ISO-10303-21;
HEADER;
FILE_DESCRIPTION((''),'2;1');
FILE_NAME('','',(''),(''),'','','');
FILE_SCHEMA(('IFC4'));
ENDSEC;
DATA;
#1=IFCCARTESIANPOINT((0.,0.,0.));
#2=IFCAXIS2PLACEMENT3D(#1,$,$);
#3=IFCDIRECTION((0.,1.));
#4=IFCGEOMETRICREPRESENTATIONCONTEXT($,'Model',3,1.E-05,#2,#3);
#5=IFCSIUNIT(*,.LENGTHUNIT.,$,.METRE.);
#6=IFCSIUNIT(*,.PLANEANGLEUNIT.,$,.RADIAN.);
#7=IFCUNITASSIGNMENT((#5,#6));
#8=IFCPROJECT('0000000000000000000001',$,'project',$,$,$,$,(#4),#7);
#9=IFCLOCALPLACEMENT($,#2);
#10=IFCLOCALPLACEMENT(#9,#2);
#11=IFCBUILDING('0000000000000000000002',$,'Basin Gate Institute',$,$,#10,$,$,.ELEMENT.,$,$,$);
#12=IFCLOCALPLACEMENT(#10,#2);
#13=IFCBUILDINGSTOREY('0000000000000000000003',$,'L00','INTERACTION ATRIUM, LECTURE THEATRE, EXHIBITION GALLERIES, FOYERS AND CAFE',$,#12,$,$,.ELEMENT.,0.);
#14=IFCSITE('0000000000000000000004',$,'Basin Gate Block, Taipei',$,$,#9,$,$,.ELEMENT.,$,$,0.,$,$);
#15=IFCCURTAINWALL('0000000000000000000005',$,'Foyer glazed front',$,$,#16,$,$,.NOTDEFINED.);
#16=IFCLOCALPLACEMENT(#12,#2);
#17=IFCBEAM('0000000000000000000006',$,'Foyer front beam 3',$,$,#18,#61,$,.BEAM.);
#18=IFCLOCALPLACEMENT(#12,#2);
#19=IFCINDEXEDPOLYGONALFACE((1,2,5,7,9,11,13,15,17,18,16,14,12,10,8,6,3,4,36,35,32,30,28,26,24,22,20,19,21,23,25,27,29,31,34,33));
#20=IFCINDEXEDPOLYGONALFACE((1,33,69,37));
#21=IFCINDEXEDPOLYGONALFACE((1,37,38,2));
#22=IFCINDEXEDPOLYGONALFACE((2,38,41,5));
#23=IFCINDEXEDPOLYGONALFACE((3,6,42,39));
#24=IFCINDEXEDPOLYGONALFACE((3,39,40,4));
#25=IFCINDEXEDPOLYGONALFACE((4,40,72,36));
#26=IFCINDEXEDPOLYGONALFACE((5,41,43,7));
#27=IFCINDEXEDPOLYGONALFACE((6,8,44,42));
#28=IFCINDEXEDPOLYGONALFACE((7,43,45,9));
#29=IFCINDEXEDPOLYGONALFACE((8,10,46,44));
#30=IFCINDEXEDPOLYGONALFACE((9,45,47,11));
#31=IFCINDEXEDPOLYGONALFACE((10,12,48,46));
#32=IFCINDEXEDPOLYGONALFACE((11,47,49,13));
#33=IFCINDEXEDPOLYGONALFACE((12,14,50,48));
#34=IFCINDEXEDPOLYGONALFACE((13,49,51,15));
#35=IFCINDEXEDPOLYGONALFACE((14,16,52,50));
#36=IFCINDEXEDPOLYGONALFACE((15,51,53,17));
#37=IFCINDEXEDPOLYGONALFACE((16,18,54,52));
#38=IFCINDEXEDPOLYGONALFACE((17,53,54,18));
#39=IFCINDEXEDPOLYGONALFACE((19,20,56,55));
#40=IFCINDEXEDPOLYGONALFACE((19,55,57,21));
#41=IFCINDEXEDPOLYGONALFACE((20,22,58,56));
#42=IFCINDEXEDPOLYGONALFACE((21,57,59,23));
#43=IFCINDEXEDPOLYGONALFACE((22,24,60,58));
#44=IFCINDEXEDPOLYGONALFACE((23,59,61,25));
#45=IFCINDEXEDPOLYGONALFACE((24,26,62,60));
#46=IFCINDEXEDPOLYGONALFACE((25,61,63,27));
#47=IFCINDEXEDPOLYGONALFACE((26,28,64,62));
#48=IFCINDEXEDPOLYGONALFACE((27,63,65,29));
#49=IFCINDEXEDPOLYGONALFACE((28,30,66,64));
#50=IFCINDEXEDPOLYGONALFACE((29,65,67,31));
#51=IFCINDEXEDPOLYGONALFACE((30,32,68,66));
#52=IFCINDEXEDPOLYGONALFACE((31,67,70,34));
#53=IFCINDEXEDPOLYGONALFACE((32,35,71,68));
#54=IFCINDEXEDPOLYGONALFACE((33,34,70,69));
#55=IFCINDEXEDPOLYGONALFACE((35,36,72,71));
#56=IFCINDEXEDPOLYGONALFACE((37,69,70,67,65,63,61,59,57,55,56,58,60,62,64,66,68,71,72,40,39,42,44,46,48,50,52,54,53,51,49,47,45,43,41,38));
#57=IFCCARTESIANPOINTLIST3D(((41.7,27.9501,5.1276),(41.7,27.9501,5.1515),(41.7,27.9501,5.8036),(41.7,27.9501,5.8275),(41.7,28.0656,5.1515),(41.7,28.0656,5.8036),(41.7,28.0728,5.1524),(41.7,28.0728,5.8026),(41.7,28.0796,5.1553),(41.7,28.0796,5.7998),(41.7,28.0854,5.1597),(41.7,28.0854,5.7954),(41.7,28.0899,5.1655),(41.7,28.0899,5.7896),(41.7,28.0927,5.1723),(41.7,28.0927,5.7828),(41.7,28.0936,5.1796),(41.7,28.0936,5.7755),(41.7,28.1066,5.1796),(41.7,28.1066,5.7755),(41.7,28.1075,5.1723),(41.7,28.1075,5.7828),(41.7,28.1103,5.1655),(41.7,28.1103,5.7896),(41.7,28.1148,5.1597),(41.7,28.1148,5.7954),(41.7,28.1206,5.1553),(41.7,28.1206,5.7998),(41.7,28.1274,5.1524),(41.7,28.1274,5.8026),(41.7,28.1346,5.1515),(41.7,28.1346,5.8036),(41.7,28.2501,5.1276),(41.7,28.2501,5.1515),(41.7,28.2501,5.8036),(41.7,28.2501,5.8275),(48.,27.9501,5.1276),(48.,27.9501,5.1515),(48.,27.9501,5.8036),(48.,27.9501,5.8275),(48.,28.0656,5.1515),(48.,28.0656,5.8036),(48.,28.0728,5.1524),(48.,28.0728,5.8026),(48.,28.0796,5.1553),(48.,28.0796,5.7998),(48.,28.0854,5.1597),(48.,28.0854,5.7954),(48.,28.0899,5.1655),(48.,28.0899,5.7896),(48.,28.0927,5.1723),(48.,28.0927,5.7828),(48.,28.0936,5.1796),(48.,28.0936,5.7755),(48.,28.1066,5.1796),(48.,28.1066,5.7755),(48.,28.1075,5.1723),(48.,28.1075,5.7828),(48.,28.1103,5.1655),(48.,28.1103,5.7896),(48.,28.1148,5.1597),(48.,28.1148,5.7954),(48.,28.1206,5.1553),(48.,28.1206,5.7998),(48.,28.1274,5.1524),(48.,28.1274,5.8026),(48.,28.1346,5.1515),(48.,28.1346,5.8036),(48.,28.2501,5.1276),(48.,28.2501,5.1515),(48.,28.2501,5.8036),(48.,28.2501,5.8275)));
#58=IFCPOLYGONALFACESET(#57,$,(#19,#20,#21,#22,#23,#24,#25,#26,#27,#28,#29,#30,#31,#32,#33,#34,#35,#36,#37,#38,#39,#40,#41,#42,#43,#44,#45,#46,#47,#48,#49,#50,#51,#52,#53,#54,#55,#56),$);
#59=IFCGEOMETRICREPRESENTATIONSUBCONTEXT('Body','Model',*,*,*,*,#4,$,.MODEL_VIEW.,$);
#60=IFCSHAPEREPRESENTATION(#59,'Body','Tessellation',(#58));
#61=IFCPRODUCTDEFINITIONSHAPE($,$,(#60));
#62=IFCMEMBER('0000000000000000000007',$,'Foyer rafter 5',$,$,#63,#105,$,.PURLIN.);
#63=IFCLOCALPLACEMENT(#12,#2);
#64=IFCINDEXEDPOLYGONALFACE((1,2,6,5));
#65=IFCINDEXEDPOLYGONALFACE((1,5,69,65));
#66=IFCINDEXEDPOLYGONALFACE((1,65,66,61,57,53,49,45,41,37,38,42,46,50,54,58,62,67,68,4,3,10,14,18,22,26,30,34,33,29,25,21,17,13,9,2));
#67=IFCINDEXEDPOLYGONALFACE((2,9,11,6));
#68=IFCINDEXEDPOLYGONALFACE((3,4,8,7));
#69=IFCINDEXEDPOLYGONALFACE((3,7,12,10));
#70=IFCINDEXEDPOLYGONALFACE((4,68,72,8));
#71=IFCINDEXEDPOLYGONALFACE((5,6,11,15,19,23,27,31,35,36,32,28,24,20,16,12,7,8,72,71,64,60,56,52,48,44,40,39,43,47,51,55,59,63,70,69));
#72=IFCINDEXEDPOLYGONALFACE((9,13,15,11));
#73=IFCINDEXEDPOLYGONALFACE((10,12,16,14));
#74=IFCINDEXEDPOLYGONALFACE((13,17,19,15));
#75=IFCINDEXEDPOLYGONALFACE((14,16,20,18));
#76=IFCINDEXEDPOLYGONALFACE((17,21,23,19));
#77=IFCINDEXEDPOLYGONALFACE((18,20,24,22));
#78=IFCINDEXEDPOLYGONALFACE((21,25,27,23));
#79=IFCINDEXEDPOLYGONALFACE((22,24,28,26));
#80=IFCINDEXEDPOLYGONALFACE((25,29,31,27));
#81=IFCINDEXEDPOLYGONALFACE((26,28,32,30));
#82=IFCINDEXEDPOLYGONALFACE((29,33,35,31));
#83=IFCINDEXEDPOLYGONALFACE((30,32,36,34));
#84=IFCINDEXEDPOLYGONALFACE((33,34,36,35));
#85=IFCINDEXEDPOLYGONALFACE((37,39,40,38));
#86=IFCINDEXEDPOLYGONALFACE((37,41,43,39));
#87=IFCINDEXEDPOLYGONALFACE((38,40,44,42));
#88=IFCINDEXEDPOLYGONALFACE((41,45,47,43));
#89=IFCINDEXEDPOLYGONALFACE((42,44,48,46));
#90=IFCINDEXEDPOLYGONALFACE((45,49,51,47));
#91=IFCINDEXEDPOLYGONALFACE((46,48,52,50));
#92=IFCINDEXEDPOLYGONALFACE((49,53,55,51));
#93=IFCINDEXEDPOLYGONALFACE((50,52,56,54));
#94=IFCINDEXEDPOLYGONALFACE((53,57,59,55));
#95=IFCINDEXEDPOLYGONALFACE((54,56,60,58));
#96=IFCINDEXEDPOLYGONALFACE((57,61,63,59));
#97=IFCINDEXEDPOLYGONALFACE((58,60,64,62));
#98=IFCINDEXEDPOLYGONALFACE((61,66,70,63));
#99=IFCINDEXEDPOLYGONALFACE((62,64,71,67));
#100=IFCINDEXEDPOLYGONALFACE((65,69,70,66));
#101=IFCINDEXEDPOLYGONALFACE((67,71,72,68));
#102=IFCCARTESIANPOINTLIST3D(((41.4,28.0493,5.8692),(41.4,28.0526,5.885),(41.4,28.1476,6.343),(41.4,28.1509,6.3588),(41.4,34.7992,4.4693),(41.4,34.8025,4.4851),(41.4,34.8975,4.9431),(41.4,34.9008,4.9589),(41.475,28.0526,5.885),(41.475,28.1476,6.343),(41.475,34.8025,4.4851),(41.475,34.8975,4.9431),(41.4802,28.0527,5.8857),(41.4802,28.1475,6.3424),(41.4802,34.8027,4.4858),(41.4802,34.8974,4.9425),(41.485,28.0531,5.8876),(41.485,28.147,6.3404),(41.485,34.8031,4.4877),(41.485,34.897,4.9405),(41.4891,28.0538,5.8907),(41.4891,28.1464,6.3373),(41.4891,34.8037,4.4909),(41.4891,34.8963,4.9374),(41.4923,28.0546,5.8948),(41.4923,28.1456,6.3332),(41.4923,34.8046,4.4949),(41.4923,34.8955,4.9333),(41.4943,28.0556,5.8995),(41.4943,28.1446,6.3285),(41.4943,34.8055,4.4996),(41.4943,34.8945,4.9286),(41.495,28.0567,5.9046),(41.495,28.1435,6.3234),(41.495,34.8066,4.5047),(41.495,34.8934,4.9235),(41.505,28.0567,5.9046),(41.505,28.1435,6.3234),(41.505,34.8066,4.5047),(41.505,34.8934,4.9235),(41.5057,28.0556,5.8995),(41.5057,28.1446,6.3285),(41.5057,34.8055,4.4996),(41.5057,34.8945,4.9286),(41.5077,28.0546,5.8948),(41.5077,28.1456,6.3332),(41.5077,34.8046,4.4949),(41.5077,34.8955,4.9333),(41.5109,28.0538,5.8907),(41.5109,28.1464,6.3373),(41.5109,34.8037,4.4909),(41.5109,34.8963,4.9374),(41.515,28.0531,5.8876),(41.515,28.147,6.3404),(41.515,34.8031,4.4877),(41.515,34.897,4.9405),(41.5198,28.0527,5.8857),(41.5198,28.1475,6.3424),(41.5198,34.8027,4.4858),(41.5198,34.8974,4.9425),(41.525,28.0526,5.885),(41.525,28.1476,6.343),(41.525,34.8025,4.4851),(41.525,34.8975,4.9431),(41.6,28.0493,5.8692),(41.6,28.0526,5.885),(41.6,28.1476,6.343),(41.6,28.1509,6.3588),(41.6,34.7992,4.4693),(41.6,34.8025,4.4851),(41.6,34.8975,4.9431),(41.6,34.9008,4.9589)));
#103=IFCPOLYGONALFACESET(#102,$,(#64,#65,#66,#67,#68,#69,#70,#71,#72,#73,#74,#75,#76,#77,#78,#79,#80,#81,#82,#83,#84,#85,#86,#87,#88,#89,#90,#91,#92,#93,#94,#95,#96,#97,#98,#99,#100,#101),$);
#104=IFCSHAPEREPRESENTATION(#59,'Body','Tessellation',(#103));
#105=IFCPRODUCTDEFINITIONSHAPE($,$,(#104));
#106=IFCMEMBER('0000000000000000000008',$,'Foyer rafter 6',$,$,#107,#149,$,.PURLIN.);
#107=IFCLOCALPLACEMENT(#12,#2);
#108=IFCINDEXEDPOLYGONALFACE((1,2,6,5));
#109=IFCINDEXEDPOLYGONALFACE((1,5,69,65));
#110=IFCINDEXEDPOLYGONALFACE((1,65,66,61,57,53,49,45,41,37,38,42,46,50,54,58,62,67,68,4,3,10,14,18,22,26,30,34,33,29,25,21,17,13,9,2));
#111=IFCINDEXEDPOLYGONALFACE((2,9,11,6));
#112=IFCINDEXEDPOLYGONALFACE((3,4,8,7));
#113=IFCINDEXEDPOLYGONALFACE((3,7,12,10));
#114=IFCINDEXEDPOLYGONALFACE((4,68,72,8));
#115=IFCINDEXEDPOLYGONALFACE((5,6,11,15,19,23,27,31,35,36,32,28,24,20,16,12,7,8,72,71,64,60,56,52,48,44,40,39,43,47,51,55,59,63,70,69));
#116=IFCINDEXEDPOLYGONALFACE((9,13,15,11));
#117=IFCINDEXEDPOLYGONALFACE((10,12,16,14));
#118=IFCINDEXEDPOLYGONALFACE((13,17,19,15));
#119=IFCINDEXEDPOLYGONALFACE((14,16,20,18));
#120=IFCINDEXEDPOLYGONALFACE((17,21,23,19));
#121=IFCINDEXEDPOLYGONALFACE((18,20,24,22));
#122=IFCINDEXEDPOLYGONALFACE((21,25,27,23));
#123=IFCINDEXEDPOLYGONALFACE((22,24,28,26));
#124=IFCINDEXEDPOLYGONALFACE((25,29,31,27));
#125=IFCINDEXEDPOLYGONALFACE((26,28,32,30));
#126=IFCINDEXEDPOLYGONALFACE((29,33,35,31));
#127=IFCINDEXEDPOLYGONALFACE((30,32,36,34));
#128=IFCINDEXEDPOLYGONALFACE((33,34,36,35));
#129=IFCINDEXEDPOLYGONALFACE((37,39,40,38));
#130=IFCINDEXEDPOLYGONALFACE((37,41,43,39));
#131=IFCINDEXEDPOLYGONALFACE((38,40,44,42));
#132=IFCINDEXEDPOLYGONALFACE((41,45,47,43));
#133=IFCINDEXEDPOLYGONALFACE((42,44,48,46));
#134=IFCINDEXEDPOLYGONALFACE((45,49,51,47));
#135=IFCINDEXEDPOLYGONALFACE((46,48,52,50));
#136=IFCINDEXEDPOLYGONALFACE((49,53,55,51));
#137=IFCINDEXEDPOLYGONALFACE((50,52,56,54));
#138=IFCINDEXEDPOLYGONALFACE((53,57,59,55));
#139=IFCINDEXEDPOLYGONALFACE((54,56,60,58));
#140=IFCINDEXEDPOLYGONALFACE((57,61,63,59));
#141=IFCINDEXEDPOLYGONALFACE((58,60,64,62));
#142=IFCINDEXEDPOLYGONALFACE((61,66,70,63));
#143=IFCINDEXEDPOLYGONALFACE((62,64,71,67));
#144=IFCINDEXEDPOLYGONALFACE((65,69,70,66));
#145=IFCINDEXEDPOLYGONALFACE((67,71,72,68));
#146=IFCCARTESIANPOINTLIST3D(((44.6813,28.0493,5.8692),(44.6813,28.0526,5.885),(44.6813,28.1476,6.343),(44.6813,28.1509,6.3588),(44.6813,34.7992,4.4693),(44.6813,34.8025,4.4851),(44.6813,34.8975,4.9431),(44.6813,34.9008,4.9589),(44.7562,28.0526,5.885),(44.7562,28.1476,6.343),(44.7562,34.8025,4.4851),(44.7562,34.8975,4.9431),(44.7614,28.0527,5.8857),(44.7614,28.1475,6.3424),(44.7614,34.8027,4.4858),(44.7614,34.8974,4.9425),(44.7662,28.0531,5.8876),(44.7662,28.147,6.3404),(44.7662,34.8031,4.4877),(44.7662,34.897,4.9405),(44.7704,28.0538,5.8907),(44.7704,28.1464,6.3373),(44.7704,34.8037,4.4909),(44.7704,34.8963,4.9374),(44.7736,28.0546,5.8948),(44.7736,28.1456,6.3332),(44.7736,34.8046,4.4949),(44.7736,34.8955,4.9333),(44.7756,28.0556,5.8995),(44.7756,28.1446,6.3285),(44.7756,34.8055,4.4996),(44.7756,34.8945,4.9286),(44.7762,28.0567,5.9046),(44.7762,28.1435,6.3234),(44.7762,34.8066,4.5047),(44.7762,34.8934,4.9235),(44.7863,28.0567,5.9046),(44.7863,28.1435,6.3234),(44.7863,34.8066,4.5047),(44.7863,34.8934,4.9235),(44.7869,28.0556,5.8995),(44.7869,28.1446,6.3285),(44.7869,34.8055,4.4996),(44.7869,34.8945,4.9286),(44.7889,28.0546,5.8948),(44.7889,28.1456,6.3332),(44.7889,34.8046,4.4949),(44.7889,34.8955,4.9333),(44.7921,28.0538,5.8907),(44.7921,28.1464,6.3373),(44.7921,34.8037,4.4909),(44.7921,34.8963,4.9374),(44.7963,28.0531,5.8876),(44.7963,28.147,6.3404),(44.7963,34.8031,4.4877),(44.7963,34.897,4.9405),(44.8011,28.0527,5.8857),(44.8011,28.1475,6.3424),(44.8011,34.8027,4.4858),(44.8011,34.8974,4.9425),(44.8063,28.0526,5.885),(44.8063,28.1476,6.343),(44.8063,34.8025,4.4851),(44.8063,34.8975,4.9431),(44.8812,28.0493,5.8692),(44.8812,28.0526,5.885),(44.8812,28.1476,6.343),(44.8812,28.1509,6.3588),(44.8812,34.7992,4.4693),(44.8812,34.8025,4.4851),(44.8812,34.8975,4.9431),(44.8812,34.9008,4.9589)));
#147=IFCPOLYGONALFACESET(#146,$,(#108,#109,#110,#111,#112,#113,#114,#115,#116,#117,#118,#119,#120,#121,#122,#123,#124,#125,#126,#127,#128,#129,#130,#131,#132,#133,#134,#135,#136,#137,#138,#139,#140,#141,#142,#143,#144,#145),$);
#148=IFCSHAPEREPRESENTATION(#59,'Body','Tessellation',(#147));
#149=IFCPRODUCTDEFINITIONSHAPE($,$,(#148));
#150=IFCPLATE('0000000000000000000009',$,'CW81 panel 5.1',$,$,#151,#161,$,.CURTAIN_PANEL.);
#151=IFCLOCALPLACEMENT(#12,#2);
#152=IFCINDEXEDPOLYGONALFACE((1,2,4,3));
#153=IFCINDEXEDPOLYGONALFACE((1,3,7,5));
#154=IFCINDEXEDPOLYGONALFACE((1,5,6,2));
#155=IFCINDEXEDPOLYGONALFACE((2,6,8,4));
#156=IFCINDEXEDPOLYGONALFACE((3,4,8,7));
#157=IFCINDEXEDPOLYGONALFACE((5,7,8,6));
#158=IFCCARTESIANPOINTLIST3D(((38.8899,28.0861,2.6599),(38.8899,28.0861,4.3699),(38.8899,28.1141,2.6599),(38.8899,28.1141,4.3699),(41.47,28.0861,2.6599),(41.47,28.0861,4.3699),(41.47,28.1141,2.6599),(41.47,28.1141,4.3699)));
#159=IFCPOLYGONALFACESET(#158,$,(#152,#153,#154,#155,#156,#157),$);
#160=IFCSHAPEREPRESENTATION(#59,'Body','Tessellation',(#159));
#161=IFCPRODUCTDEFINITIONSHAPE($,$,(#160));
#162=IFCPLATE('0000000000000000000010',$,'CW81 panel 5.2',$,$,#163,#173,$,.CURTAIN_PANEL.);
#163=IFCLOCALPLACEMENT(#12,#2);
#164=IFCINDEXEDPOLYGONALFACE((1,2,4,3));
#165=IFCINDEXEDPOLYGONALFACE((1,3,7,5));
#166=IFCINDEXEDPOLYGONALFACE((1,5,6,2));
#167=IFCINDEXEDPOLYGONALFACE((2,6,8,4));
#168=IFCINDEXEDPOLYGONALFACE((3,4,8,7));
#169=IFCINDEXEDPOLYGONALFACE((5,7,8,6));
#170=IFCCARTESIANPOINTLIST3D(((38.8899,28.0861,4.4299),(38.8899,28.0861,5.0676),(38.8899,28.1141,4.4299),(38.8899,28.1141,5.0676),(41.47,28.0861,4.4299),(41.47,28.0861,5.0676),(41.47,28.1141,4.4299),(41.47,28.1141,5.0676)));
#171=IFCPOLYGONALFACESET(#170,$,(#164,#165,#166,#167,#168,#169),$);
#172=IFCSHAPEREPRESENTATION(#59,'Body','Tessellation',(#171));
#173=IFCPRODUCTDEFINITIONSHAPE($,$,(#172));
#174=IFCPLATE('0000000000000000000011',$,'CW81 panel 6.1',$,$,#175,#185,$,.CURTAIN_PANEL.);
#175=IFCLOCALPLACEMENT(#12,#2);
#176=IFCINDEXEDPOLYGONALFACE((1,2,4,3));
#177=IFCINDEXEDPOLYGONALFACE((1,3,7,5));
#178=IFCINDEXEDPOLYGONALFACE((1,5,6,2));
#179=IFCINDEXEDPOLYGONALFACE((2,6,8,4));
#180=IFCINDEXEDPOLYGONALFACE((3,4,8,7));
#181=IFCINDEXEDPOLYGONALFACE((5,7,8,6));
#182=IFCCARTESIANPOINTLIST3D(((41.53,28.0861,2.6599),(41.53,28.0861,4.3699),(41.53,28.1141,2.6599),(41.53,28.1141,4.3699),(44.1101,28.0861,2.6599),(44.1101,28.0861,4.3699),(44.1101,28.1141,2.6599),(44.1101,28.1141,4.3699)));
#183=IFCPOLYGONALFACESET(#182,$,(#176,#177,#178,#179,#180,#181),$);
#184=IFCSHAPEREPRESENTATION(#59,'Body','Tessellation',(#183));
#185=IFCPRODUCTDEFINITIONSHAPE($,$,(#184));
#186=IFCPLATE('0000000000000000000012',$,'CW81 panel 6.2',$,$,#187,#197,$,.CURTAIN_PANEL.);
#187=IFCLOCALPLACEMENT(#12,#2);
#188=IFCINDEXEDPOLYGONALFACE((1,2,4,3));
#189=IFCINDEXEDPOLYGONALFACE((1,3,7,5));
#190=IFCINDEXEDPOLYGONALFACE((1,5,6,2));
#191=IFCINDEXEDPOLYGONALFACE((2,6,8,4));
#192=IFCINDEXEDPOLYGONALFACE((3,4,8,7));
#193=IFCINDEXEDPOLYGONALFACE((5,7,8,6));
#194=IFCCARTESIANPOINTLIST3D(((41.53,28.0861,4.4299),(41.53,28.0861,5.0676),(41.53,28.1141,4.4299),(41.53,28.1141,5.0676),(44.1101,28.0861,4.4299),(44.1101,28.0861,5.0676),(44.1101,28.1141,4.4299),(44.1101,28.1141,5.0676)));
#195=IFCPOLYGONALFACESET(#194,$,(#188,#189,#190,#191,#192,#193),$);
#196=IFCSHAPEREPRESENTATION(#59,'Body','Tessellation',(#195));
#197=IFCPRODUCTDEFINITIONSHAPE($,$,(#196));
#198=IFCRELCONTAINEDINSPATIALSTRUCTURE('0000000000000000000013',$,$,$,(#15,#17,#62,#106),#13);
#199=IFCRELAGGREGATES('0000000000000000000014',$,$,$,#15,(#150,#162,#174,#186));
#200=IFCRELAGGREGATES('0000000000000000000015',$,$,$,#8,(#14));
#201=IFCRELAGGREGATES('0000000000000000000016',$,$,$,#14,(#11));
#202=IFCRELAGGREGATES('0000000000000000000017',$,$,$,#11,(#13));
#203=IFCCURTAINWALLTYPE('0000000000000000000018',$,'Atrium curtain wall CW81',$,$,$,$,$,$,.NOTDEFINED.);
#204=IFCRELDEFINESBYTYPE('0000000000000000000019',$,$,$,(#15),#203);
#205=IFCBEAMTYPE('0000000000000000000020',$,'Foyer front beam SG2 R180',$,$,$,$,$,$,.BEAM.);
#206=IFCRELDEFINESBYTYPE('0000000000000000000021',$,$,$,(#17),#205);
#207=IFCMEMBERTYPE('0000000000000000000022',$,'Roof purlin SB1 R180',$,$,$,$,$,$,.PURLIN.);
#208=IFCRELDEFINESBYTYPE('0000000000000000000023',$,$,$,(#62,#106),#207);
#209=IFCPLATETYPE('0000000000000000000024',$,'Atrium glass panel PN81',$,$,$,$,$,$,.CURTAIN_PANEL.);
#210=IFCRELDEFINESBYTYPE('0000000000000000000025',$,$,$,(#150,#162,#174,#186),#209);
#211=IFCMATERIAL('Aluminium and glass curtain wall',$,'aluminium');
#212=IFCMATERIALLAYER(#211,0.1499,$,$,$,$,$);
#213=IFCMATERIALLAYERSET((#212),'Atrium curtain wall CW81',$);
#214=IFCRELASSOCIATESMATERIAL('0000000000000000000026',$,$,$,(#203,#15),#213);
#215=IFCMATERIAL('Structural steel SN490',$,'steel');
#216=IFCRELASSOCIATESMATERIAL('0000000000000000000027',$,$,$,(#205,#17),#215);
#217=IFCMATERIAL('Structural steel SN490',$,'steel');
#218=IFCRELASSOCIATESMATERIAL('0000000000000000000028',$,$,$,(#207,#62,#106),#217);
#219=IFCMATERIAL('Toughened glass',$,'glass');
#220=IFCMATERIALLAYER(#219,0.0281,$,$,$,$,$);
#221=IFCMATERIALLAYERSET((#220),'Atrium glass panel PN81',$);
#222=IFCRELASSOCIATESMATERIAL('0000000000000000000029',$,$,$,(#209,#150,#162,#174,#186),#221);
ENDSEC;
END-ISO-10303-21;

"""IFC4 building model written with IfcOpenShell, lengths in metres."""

from ifc_helpers import new_model, si_unit, direction, frame, origin, origin_2d, place, context, subcontext, project, spatial, rectangle, i_section, extrude, material, layer, layer_set, material_profile, profile_set, type_object, element, aggregate, save


model = new_model("IFC4")

# Units and contexts
model_context = context("Model", 3, precision=1e-05, world=origin(), true_north=direction((0.0, 1.0)))
body_context = subcontext(model_context, "Body", "Model", "MODEL_VIEW")
ifc_project = project(units=[si_unit("LENGTHUNIT", "METRE"), si_unit("PLANEANGLEUNIT", "RADIAN")], contexts=[model_context])

# Site, building, storey
site_placement = place(None, origin())
site = spatial("IfcSite", under=ifc_project, at=site_placement, Name="Basin Gate Block, Taipei", CompositionType="ELEMENT", RefElevation=0.0)
building_placement = place(site_placement, origin())
building = spatial("IfcBuilding", under=site, at=building_placement, Name="Basin Gate Institute", CompositionType="ELEMENT")
storey_placement = place(building_placement, origin())
storey = spatial("IfcBuildingStorey", under=building, at=storey_placement, Name="L00", Description="INTERACTION ATRIUM, LECTURE THEATRE, EXHIBITION GALLERIES, FOYERS AND CAFE", CompositionType="ELEMENT", Elevation=0.0)

# Curtain wall
ifc_material_1 = material(Name="Aluminium and glass curtain wall", Category="aluminium")
ifc_layer_1 = layer(ifc_material_1, 0.1499)
ifc_layer_set_1 = layer_set([ifc_layer_1], Name="Atrium curtain wall CW81")
curtain_wall_type = type_object("IfcCurtainWallType", Name="Atrium curtain wall CW81", PredefinedType="NOTDEFINED", material=ifc_layer_set_1)
curtain_wall_placement = place(storey_placement, origin())
curtain_wall = element("IfcCurtainWall", 1, at=curtain_wall_placement, inside=storey, type_object=curtain_wall_type, material=ifc_layer_set_1, Name="Foyer glazed front", PredefinedType="NOTDEFINED")

# Beam
ifc_material_2 = material(Name="Structural steel SN490", Category="steel")
ifc_material_profile_1 = material_profile(ifc_material_2, i_section(OverallWidth=0.3, OverallDepth=0.7, WebThickness=0.0129, FlangeThickness=0.0239, FilletRadius=0.0281, at=origin_2d()), Name="H700x300")
ifc_profile_set_1 = profile_set([ifc_material_profile_1], Name="Structural steel SN490")
beam_type = type_object("IfcBeamType", Name="Foyer front beam SG2 R180", PredefinedType="BEAM", material=ifc_profile_set_1)
beam_placement = place(storey_placement, frame((41.7, 28.1001, 5.4775), z_axis=(1.0, 0.0, 0.0), x_axis=(0.0, 1.0, 0.0)))
element("IfcBeam", 2, at=beam_placement, inside=storey, type_object=beam_type, material=ifc_profile_set_1, Name="Foyer front beam 3", PredefinedType="BEAM", context=body_context, shape_type="SweptSolid", body=[
    extrude(i_section(OverallWidth=0.3, OverallDepth=0.7, WebThickness=0.0129, FlangeThickness=0.0239, FilletRadius=0.0281, at=origin_2d()), origin(), (0.0, 0.0, 1.0), 6.3),
])

# Members
ifc_material_3 = material(Name="Structural steel SN490", Category="steel")
ifc_material_profile_2 = material_profile(ifc_material_3, i_section(OverallWidth=0.2, OverallDepth=0.5, WebThickness=0.01, FlangeThickness=0.0161, FilletRadius=0.02, at=origin_2d()), Name="H500x200")
ifc_profile_set_2 = profile_set([ifc_material_profile_2], Name="Structural steel SN490")
member_type_1 = type_object("IfcMemberType", Name="Roof purlin SB1 R180", PredefinedType="PURLIN", material=ifc_profile_set_2)
for number, where, z_axis, x_axis, name in (
    (3, (41.5, 28.1001, 6.114), (0.0, 0.979164, -0.203072), (-1.0, 0.0, 0.0), "Foyer rafter 5"),
    (4, (44.7812, 28.1001, 6.114), (0.0, 0.979164, -0.203072), (-1.0, 0.0, 0.0), "Foyer rafter 6"),
):
    element("IfcMember", number, at=place(storey_placement, frame(where, z_axis=z_axis, x_axis=x_axis)), inside=storey, type_object=member_type_1, material=ifc_profile_set_2, Name=name, PredefinedType="PURLIN", context=body_context, shape_type="SweptSolid", body=[
        extrude(i_section(OverallWidth=0.2, OverallDepth=0.5, WebThickness=0.01, FlangeThickness=0.0161, FilletRadius=0.02, at=origin_2d()), origin(), (0.0, 0.0, 1.0), 6.8936),
    ])

# Plates
ifc_material_4 = material(Name="Toughened glass", Category="glass")
ifc_layer_2 = layer(ifc_material_4, 0.0281)
ifc_layer_set_2 = layer_set([ifc_layer_2], Name="Atrium glass panel PN81")
plate_type = type_object("IfcPlateType", Name="Atrium glass panel PN81", PredefinedType="CURTAIN_PANEL", material=ifc_layer_set_2)
plate_1_placement = place(storey_placement, frame((40.1799, 28.1001, 2.6599), z_axis=(0.0, 0.0, 1.0), x_axis=(1.0, 0.0, 0.0)))
plate_1 = element("IfcPlate", 5, at=plate_1_placement, type_object=plate_type, material=ifc_layer_set_2, Name="CW81 panel 5.1", PredefinedType="CURTAIN_PANEL", context=body_context, shape_type="SweptSolid", body=[
    extrude(rectangle(XDim=2.5801, YDim=0.0281, at=origin_2d()), origin(), (0.0, 0.0, 1.0), 1.71),
])
plate_2_placement = place(storey_placement, frame((40.1799, 28.1001, 4.4299), z_axis=(0.0, 0.0, 1.0), x_axis=(1.0, 0.0, 0.0)))
plate_2 = element("IfcPlate", 6, at=plate_2_placement, type_object=plate_type, material=ifc_layer_set_2, Name="CW81 panel 5.2", PredefinedType="CURTAIN_PANEL", context=body_context, shape_type="SweptSolid", body=[
    extrude(rectangle(XDim=2.5801, YDim=0.0281, at=origin_2d()), origin(), (0.0, 0.0, 1.0), 0.6377),
])
plate_3_placement = place(storey_placement, frame((42.8201, 28.1001, 2.6599), z_axis=(0.0, 0.0, 1.0), x_axis=(1.0, 0.0, 0.0)))
plate_3 = element("IfcPlate", 7, at=plate_3_placement, type_object=plate_type, material=ifc_layer_set_2, Name="CW81 panel 6.1", PredefinedType="CURTAIN_PANEL", context=body_context, shape_type="SweptSolid", body=[
    extrude(rectangle(XDim=2.5801, YDim=0.0281, at=origin_2d()), origin(), (0.0, 0.0, 1.0), 1.71),
])
plate_4_placement = place(storey_placement, frame((42.8201, 28.1001, 4.4299), z_axis=(0.0, 0.0, 1.0), x_axis=(1.0, 0.0, 0.0)))
plate_4 = element("IfcPlate", 8, at=plate_4_placement, type_object=plate_type, material=ifc_layer_set_2, Name="CW81 panel 6.2", PredefinedType="CURTAIN_PANEL", context=body_context, shape_type="SweptSolid", body=[
    extrude(rectangle(XDim=2.5801, YDim=0.0281, at=origin_2d()), origin(), (0.0, 0.0, 1.0), 0.6377),
])
aggregate(curtain_wall, [plate_1, plate_2, plate_3, plate_4])

save(model, "model.ifc")
